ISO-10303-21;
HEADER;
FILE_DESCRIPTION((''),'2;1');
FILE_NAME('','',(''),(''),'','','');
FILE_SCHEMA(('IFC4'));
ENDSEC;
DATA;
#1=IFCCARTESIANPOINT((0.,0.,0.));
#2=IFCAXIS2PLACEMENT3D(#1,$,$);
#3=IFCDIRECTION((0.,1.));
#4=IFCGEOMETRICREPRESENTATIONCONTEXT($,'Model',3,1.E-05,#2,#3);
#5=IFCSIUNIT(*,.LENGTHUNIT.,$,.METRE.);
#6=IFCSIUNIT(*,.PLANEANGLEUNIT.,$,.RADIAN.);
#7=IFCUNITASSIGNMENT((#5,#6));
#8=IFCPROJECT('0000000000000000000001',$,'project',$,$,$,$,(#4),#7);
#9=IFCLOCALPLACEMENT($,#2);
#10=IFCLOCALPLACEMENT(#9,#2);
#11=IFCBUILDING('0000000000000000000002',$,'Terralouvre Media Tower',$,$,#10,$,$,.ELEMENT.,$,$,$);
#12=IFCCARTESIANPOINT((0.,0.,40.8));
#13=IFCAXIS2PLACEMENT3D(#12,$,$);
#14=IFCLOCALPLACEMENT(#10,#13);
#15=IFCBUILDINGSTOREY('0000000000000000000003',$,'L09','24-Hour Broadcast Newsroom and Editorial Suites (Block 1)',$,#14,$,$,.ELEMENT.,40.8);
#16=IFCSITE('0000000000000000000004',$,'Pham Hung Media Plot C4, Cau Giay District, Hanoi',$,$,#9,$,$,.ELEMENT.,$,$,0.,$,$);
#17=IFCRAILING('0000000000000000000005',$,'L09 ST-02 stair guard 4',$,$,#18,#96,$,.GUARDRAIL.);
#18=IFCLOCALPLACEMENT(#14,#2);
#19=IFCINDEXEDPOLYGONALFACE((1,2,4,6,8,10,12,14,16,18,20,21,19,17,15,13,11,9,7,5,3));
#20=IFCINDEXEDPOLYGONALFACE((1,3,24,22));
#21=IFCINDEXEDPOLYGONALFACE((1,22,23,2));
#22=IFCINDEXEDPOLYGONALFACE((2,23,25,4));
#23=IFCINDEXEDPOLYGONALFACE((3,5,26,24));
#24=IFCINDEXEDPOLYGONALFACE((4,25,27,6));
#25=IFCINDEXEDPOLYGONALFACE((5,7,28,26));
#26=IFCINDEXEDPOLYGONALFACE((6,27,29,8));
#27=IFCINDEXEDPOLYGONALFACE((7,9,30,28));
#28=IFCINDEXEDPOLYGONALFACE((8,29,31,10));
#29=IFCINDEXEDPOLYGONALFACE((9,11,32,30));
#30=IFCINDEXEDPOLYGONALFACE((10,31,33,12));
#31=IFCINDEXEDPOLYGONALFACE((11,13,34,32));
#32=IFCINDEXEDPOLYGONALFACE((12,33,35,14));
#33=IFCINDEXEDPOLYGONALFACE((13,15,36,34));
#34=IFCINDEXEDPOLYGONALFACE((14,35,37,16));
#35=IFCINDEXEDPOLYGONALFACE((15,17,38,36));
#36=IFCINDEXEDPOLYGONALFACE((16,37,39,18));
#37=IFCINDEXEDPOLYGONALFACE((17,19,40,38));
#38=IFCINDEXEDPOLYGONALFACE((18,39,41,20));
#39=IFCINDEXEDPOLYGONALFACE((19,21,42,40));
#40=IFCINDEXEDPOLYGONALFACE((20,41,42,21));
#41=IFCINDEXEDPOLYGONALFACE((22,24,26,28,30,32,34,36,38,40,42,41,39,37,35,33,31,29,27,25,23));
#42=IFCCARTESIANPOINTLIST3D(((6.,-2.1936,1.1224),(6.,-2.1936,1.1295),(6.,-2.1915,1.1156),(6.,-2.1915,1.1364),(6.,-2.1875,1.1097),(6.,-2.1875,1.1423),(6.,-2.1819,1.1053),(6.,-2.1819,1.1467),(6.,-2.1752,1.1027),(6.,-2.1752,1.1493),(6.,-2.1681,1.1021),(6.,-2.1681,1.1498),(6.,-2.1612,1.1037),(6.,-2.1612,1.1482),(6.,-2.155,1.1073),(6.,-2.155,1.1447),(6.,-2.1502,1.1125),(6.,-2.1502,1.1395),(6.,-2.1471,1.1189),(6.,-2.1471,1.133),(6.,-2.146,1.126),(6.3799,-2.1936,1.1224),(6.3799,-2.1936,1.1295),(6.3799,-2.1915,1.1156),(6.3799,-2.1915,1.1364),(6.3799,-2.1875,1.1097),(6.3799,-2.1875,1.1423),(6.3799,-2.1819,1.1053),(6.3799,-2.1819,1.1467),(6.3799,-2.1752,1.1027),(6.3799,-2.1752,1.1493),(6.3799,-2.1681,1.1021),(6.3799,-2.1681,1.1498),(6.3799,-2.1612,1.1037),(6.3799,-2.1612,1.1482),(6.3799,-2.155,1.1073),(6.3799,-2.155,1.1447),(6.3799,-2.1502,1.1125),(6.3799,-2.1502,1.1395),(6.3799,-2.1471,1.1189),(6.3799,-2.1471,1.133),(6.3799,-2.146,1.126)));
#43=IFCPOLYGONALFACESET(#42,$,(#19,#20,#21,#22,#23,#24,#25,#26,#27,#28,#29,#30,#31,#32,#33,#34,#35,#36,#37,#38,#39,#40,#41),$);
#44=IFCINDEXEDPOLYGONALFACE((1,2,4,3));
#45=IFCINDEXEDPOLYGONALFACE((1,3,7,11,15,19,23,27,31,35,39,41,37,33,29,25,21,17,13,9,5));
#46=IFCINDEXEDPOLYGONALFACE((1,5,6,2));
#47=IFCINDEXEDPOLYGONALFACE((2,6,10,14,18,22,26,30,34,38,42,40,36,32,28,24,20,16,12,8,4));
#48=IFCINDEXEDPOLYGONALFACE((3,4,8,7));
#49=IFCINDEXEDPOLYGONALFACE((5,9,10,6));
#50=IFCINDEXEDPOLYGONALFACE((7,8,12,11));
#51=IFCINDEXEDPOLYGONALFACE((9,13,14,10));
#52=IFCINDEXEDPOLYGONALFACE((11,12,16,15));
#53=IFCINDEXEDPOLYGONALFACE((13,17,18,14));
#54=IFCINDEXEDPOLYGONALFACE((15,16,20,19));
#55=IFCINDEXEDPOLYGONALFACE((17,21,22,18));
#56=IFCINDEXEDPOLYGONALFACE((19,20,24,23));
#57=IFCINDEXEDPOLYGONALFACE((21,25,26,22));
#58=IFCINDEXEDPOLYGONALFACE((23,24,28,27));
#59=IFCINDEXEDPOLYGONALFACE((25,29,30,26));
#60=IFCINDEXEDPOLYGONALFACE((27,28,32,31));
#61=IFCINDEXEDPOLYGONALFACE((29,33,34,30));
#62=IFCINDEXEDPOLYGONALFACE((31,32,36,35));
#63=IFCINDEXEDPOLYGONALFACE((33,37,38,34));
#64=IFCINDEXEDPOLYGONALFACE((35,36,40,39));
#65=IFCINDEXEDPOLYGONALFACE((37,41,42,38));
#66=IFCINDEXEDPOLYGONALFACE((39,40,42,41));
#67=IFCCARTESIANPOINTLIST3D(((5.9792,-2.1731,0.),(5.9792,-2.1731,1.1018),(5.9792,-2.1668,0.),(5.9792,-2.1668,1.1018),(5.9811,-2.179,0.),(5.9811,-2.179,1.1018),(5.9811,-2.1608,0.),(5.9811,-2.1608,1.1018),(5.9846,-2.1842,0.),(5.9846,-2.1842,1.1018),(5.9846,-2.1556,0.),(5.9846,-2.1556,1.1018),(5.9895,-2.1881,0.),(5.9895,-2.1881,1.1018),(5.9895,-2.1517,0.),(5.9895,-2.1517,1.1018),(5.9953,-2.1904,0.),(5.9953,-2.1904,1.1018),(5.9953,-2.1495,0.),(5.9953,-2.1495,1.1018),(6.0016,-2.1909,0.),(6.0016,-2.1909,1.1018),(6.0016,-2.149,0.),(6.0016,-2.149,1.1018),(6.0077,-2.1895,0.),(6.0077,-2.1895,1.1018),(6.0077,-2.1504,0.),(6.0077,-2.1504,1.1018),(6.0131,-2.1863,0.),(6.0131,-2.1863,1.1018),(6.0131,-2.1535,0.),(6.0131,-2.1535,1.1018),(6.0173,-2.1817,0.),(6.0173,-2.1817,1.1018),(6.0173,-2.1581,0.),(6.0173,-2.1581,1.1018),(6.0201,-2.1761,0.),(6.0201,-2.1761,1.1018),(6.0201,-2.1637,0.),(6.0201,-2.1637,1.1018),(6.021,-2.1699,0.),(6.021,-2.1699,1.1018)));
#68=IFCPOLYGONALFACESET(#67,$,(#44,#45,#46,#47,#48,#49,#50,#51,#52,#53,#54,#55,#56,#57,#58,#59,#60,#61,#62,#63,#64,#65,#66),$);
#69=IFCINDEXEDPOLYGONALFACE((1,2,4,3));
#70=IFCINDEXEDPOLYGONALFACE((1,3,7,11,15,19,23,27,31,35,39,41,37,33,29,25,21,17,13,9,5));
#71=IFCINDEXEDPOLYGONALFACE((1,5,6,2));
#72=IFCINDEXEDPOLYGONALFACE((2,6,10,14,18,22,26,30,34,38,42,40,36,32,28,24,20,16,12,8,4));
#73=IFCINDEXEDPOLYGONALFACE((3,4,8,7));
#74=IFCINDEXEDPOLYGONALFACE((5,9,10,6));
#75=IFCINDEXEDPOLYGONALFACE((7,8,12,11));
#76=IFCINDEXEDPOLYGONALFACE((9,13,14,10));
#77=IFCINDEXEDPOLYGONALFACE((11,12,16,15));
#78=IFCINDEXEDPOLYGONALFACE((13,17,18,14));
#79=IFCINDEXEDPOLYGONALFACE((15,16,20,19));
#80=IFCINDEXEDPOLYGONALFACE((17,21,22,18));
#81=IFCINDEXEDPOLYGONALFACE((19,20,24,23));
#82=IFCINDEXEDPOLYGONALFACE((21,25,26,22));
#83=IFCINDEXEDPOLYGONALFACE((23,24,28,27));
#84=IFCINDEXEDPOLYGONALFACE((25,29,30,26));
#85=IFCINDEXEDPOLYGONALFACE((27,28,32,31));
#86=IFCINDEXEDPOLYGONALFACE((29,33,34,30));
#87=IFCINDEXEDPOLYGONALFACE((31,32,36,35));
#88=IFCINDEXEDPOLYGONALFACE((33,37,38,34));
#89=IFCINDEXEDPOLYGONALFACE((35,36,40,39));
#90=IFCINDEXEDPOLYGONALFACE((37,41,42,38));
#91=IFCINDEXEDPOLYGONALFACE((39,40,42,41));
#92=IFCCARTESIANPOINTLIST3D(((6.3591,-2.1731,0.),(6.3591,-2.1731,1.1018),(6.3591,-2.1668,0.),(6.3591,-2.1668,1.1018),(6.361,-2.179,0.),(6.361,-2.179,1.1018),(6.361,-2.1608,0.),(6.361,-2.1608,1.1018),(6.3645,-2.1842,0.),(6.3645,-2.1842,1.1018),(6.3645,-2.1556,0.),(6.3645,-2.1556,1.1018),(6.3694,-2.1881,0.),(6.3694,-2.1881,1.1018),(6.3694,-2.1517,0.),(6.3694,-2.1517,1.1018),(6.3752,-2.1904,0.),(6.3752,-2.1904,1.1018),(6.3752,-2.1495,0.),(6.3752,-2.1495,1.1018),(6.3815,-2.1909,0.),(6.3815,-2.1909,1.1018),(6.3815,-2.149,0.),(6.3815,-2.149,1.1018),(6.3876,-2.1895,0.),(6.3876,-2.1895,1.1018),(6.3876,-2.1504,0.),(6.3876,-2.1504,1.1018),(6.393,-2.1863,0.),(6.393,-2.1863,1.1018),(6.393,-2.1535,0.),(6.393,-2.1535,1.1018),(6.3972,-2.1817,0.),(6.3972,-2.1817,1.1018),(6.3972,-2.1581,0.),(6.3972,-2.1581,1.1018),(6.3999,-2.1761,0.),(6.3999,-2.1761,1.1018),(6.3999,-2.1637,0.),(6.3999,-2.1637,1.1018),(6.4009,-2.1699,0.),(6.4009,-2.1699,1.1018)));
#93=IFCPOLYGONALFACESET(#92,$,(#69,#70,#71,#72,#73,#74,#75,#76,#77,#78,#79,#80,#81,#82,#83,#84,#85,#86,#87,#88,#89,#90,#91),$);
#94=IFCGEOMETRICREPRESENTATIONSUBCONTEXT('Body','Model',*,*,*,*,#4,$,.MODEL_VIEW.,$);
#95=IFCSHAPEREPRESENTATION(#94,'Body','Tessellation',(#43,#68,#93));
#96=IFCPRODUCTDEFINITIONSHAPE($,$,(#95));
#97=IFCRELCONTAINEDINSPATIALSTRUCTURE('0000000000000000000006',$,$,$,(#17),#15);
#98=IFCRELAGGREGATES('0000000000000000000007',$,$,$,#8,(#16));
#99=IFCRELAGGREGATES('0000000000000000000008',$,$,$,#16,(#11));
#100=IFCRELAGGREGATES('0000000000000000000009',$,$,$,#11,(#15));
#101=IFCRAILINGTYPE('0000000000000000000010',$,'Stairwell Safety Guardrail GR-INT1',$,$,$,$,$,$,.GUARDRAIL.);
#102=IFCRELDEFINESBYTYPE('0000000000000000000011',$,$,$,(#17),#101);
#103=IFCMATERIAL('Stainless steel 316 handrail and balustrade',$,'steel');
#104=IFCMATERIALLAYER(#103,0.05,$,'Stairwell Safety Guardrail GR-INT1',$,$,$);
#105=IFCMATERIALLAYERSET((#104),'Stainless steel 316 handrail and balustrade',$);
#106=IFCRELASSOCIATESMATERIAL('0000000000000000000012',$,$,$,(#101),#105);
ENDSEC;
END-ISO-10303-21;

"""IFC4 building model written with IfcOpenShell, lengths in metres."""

from ifc_helpers import new_model, si_unit, direction, frame, origin, origin_2d, place, context, subcontext, project, spatial, circle, extrude, material, layer, layer_set, type_object, element, save


model = new_model("IFC4")

# Units and contexts
model_context = context("Model", 3, precision=1e-05, world=origin(), true_north=direction((0.0, 1.0)))
body_context = subcontext(model_context, "Body", "Model", "MODEL_VIEW")
ifc_project = project(units=[si_unit("LENGTHUNIT", "METRE"), si_unit("PLANEANGLEUNIT", "RADIAN")], contexts=[model_context])

# Site, building, storey
site_placement = place(None, origin())
site = spatial("IfcSite", under=ifc_project, at=site_placement, Name="Pham Hung Media Plot C4, Cau Giay District, Hanoi", CompositionType="ELEMENT", RefElevation=0.0)
building_placement = place(site_placement, origin())
building = spatial("IfcBuilding", under=site, at=building_placement, Name="Terralouvre Media Tower", CompositionType="ELEMENT")
storey_placement = place(building_placement, frame((0.0, 0.0, 40.8)))
storey = spatial("IfcBuildingStorey", under=building, at=storey_placement, Name="L09", Description="24-Hour Broadcast Newsroom and Editorial Suites (Block 1)", CompositionType="ELEMENT", Elevation=40.8)

# Railing
ifc_material_1 = material(Name="Stainless steel 316 handrail and balustrade", Category="steel")
ifc_layer_1 = layer(ifc_material_1, 0.05, Name="Stairwell Safety Guardrail GR-INT1")
ifc_layer_set_1 = layer_set([ifc_layer_1], Name="Stainless steel 316 handrail and balustrade")
railing_type = type_object("IfcRailingType", Name="Stairwell Safety Guardrail GR-INT1", PredefinedType="GUARDRAIL", material=ifc_layer_set_1)
railing_1_placement = place(storey_placement, frame((6.0, -2.1699, 0.0)))
element("IfcRailing", 1, at=railing_1_placement, inside=storey, type_object=railing_type, Name="L09 ST-02 stair guard 4", PredefinedType="GUARDRAIL", context=body_context, shape_type="SweptSolid", body=[
    extrude(circle(Radius=0.0239, at=origin_2d()), frame((0.0, 0.0, 1.126), z_axis=(1.0, 0.0, 0.0), x_axis=(0.0, 1.0, 0.0)), (0.0, 0.0, 1.0), 0.3799),
    extrude(circle(Radius=0.021, at=origin_2d()), origin(), (0.0, 0.0, 1.0), 1.1018),
    extrude(circle(Radius=0.021, at=origin_2d()), frame((0.3799, 0.0, 0.0)), (0.0, 0.0, 1.0), 1.1018),
])

save(model, "model.ifc")
